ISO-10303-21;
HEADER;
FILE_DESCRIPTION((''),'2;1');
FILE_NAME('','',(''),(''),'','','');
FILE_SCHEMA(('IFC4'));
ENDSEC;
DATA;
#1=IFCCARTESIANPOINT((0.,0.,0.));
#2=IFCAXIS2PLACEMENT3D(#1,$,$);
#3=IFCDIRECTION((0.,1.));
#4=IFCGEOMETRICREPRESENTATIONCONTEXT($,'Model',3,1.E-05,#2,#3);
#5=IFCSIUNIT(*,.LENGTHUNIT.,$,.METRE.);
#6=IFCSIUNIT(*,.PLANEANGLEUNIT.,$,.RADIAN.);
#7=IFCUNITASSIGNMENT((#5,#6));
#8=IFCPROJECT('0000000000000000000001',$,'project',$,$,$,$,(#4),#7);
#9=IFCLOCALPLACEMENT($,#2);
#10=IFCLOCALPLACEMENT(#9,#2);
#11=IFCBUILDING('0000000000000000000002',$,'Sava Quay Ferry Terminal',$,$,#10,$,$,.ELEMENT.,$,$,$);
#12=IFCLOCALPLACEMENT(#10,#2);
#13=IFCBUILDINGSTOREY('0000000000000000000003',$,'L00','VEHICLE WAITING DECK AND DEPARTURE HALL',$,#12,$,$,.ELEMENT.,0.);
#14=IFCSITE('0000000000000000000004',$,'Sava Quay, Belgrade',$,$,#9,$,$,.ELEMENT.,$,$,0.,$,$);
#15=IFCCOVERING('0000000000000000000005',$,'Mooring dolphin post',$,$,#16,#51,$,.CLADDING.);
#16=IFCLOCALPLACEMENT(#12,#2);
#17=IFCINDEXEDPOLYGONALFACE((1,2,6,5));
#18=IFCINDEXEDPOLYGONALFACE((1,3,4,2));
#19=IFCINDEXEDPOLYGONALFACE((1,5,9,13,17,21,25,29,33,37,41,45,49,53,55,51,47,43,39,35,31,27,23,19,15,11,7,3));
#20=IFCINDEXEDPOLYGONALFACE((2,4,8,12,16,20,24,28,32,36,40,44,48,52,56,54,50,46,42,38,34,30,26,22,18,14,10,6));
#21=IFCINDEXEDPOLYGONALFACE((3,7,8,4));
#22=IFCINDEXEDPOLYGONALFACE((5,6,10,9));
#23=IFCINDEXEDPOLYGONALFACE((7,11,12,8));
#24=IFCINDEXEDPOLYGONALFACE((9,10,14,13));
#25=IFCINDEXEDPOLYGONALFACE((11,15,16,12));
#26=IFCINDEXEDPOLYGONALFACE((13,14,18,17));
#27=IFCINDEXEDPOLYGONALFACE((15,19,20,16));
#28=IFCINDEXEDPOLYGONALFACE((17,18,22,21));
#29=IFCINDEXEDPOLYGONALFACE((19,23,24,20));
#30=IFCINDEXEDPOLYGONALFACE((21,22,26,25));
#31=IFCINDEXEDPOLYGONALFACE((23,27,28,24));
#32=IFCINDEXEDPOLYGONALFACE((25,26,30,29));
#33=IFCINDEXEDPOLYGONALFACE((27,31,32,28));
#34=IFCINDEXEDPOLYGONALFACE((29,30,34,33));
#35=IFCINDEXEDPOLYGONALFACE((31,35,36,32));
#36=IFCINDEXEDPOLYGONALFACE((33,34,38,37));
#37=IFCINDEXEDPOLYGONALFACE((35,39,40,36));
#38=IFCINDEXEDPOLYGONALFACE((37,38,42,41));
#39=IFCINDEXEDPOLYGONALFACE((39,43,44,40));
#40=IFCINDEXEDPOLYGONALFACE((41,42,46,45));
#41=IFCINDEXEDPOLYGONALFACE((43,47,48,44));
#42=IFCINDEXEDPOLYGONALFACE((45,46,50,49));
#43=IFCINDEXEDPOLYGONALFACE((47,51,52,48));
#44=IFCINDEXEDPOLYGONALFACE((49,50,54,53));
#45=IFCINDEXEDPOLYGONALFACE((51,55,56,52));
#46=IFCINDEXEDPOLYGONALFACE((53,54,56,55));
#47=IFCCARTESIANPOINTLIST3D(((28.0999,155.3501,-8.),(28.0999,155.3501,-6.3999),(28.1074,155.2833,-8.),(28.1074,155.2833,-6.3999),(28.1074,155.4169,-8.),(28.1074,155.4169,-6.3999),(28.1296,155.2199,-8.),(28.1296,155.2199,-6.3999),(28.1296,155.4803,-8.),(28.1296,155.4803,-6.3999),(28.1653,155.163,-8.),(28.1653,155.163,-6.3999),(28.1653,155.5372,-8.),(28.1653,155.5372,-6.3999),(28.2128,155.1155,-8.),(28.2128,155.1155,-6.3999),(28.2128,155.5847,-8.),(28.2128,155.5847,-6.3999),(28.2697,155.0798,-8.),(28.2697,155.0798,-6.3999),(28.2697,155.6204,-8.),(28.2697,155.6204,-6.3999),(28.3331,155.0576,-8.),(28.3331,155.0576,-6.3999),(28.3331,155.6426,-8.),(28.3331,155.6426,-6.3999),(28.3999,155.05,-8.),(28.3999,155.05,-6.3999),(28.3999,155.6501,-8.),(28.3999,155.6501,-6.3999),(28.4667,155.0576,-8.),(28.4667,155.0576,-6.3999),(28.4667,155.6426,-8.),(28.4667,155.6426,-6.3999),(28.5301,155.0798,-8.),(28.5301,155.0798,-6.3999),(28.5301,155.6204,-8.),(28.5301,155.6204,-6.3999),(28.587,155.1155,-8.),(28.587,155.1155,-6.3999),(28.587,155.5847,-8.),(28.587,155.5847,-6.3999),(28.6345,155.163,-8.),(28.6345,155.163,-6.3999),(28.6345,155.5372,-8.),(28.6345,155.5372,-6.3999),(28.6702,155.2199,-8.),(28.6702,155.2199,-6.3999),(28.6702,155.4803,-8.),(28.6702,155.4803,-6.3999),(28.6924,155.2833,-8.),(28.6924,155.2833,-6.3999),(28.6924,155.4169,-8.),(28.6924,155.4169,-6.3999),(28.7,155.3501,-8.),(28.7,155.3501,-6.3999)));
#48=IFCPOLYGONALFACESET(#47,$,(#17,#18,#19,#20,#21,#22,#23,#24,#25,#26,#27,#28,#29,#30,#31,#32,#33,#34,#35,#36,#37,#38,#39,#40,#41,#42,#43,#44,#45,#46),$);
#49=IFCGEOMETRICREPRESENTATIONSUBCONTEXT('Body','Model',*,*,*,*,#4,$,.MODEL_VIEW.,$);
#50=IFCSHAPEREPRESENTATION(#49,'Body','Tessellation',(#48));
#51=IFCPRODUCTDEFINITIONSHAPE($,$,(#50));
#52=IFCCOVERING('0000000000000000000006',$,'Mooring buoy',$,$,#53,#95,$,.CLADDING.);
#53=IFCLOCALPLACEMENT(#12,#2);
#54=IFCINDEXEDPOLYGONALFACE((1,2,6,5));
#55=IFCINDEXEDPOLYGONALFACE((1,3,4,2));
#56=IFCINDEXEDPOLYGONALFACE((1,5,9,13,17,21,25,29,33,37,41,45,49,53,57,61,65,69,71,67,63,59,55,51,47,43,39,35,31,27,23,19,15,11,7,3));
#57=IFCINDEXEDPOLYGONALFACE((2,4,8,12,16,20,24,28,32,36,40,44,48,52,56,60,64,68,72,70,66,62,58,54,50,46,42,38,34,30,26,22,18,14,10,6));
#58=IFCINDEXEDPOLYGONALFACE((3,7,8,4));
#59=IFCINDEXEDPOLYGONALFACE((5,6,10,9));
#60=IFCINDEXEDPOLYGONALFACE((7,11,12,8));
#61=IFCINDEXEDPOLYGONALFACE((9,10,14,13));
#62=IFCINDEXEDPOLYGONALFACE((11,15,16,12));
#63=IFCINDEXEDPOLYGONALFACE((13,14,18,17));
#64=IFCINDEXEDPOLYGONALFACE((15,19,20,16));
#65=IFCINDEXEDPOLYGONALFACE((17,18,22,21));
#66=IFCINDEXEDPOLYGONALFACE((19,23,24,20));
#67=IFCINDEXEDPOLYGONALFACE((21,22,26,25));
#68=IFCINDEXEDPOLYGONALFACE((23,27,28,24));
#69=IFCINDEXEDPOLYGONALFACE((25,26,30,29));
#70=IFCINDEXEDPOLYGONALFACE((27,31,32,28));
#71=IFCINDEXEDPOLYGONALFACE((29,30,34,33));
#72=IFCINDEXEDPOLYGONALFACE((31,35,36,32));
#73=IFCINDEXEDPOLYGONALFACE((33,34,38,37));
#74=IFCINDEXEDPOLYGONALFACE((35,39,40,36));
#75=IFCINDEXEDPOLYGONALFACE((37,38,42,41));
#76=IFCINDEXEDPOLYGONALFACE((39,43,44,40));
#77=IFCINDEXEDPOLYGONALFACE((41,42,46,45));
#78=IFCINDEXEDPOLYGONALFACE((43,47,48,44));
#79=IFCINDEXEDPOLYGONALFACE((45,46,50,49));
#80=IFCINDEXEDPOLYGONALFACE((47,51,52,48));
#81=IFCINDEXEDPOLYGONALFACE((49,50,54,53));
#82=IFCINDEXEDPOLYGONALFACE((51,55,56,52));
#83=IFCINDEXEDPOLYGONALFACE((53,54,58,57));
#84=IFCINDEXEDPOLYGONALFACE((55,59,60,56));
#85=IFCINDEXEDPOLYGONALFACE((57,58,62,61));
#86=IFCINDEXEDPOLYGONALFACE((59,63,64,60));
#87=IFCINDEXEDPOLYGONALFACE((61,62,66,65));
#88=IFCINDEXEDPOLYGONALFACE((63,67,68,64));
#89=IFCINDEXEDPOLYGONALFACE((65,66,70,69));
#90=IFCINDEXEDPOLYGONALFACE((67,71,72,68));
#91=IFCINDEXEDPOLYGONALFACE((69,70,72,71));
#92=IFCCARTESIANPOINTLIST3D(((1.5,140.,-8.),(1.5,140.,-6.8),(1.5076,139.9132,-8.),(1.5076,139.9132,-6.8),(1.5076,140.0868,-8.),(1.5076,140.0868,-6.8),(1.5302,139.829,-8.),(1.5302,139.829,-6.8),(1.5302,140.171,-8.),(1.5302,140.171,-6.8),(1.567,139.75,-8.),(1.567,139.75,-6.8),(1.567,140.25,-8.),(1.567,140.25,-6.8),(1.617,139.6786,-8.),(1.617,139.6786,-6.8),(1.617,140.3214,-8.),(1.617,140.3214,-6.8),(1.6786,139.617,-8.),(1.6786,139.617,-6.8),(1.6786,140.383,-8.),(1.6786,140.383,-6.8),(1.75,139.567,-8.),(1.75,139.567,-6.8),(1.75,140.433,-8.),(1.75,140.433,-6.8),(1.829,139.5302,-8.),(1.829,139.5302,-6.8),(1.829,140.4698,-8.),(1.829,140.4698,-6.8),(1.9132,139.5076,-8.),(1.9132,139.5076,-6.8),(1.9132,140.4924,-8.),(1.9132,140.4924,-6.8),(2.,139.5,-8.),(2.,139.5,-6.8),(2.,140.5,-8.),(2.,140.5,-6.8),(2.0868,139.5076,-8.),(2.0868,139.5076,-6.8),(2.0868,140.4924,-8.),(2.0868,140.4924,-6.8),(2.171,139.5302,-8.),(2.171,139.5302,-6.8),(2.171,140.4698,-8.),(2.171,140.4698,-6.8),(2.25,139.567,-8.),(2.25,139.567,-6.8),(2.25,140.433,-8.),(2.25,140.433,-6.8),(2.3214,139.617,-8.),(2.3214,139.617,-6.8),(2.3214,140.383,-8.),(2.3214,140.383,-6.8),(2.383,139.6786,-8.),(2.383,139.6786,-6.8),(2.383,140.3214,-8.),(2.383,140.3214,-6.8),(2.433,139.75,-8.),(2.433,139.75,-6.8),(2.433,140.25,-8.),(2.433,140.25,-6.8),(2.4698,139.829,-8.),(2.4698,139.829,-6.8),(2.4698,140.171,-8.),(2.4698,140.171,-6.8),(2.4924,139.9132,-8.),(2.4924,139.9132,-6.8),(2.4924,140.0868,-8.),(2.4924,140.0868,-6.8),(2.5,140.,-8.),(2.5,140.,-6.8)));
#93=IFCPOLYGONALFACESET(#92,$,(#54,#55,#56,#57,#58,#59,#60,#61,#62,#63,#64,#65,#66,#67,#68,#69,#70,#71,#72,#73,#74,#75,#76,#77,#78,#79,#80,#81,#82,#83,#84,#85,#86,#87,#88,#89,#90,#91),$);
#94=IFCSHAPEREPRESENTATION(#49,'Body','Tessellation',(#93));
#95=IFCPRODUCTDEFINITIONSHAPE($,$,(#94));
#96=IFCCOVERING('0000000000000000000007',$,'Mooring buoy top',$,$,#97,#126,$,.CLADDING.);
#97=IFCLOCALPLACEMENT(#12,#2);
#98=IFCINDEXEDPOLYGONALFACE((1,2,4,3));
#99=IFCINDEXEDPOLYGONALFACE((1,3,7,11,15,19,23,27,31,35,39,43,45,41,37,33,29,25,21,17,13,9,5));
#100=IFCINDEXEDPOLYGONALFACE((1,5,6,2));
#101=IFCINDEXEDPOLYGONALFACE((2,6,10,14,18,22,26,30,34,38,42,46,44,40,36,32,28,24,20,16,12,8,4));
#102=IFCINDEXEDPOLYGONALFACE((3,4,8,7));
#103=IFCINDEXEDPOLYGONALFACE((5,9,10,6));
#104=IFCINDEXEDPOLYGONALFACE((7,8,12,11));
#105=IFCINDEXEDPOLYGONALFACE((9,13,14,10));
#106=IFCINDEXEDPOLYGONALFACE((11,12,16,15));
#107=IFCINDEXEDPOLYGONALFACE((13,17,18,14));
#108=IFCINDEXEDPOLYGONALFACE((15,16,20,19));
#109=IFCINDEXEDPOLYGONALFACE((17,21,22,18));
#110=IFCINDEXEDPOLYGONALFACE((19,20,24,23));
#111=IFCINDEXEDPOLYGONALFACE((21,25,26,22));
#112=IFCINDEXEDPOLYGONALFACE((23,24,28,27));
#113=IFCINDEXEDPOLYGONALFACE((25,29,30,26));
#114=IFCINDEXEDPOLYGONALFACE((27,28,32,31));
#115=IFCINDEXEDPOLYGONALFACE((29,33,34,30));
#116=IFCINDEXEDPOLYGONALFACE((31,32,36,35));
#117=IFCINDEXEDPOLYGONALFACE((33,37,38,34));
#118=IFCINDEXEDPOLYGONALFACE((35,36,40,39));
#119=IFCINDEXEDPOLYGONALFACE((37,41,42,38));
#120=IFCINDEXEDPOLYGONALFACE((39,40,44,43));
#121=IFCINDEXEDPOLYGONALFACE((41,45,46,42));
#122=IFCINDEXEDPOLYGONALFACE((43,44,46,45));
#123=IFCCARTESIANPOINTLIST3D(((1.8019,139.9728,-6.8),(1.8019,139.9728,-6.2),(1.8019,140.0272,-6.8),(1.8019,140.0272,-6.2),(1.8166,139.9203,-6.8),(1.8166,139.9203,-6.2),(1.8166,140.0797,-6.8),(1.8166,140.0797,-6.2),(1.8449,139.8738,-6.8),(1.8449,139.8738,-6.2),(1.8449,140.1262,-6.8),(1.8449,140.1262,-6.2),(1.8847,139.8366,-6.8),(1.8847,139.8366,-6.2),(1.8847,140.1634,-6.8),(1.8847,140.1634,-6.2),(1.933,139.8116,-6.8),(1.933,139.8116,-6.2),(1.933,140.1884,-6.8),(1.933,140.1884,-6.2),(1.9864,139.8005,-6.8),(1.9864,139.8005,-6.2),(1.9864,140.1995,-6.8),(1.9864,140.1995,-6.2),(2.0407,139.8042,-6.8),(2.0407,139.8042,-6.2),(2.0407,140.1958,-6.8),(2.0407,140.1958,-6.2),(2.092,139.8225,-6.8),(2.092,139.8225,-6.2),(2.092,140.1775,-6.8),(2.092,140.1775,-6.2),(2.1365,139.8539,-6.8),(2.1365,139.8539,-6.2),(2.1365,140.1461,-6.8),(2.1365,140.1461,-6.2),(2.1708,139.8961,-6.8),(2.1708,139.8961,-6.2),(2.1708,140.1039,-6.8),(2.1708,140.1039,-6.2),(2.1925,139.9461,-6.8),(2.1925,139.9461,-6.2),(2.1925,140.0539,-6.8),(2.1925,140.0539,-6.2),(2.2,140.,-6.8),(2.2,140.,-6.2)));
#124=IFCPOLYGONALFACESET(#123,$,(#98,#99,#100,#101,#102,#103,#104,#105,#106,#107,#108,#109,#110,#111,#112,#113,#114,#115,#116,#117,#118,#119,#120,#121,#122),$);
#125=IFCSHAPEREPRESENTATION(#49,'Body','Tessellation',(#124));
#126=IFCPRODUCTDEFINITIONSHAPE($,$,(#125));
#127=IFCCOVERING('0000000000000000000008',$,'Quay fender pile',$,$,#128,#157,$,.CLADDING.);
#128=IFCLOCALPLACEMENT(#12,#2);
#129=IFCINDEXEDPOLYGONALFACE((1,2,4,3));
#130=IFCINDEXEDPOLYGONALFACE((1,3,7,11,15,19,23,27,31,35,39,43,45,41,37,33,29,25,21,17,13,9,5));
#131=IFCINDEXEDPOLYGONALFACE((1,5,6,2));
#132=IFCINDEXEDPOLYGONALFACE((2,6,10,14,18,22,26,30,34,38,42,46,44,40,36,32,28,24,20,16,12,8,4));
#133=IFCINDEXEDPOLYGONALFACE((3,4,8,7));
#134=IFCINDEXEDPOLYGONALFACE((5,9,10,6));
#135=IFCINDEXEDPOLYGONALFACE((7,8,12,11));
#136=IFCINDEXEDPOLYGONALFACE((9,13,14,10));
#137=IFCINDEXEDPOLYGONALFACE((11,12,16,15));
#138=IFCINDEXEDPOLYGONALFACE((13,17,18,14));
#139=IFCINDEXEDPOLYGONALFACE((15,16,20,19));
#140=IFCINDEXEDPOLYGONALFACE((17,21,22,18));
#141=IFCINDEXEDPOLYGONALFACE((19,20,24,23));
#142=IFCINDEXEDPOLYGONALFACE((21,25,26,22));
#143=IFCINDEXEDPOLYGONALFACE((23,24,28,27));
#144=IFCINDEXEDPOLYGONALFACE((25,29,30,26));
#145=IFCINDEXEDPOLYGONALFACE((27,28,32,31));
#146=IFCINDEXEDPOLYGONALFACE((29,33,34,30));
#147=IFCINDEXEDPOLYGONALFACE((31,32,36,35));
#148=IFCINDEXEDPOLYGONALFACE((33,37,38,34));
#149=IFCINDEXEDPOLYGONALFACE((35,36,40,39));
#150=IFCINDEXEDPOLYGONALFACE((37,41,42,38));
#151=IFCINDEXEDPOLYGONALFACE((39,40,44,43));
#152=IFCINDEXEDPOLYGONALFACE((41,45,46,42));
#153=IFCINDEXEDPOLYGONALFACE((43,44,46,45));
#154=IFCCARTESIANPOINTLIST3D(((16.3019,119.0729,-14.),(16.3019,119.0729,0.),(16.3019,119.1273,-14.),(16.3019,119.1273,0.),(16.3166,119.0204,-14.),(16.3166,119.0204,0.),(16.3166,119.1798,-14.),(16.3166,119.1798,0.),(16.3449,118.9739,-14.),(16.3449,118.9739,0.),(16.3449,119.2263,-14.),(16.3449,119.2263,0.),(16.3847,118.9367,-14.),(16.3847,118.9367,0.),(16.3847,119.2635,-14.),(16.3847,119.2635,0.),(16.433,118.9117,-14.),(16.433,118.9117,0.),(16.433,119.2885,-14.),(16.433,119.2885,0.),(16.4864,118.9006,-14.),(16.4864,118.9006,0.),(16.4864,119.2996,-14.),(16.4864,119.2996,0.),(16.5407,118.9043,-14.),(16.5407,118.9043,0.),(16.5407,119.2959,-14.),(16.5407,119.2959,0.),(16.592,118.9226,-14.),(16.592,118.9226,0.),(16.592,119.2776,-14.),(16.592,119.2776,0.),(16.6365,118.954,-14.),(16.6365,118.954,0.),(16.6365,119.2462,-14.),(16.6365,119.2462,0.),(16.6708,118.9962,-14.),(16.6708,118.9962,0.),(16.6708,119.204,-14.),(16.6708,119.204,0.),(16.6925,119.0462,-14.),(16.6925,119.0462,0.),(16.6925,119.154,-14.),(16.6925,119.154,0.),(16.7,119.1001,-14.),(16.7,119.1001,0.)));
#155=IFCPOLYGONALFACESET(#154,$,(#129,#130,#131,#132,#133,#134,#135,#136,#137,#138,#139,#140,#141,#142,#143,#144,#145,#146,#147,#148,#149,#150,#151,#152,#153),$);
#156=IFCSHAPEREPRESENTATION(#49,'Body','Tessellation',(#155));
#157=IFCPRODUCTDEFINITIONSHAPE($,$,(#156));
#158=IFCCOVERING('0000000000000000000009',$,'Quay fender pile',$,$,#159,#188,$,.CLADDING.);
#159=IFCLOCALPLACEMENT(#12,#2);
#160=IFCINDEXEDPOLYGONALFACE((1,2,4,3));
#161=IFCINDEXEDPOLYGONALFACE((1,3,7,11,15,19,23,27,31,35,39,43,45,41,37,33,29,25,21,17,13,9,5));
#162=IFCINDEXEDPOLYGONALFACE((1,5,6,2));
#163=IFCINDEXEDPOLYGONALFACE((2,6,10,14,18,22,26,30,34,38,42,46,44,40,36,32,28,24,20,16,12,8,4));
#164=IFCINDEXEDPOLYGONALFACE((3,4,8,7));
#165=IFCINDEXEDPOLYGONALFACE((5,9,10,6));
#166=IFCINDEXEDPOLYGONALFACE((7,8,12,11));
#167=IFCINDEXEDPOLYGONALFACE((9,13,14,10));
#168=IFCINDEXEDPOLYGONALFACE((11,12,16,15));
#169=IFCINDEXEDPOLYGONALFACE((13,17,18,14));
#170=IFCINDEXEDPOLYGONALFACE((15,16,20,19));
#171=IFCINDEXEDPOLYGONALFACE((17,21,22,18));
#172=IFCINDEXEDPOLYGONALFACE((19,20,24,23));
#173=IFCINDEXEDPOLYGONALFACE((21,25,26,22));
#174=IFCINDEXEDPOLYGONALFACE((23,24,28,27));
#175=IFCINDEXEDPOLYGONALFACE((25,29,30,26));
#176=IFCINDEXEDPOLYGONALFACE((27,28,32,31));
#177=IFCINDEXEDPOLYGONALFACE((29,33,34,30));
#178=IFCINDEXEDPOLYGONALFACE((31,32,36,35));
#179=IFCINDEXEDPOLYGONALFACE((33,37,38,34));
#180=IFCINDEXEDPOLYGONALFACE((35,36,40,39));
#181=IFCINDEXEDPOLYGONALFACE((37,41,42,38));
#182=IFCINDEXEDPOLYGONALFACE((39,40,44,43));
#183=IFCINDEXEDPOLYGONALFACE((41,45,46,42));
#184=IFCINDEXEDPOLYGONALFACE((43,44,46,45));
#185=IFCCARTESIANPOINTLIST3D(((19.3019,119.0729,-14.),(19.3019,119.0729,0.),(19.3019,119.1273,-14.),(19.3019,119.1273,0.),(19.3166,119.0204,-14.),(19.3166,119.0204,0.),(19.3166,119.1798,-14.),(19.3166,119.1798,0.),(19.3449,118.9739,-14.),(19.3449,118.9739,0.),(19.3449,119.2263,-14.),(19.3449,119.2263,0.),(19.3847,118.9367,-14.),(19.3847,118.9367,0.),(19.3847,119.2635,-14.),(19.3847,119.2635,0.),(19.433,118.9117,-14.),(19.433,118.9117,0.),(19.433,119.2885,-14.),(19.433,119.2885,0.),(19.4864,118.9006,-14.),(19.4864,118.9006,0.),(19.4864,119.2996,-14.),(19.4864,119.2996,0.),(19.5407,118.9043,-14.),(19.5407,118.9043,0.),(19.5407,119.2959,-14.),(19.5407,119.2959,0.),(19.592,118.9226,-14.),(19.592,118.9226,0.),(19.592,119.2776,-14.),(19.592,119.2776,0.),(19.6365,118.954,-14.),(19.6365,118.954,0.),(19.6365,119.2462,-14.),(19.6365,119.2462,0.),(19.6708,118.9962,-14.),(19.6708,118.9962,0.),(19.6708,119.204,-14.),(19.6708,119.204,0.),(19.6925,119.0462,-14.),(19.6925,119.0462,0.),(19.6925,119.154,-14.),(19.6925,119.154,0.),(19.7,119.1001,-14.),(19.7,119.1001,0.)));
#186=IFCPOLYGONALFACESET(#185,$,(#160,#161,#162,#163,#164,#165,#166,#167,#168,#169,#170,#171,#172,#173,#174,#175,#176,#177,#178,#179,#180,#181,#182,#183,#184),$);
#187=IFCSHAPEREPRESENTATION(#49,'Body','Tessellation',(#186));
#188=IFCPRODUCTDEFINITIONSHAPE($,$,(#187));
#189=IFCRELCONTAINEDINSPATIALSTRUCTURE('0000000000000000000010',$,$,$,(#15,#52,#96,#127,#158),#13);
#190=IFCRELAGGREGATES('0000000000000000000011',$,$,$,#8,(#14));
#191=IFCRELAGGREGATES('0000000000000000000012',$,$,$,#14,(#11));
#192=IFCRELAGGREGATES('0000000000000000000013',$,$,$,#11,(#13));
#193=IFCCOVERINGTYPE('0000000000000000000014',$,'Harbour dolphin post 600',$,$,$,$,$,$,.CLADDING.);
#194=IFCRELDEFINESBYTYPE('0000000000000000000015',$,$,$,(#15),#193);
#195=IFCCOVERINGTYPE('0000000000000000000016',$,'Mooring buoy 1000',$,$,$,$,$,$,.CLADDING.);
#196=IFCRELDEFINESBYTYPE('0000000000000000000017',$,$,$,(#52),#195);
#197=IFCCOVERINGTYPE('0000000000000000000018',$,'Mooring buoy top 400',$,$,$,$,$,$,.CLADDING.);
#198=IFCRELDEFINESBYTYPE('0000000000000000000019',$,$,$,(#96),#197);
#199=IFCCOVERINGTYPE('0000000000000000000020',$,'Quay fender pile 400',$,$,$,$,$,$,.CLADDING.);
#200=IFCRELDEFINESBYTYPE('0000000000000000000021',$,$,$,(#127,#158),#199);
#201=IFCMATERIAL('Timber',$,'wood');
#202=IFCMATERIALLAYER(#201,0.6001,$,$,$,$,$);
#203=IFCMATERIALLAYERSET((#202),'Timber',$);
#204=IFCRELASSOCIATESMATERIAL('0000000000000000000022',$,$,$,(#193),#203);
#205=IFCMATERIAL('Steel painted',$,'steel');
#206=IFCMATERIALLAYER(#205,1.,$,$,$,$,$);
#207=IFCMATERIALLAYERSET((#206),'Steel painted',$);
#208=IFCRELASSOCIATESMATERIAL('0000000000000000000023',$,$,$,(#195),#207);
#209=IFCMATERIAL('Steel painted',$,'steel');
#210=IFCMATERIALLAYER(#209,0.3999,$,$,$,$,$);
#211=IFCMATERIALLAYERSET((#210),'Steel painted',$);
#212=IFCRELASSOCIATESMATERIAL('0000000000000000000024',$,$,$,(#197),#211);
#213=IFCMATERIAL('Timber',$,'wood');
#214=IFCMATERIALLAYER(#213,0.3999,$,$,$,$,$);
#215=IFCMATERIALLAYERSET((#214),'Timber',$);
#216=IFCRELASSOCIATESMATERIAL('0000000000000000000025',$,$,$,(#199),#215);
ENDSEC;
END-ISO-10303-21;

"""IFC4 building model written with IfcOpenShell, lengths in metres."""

from ifc_helpers import new_model, si_unit, direction, frame, origin, origin_2d, place, context, subcontext, project, spatial, circle, extrude, material, layer, layer_set, type_object, element, save


model = new_model("IFC4")

# Units and contexts
model_context = context("Model", 3, precision=1e-05, world=origin(), true_north=direction((0.0, 1.0)))
body_context = subcontext(model_context, "Body", "Model", "MODEL_VIEW")
ifc_project = project(units=[si_unit("LENGTHUNIT", "METRE"), si_unit("PLANEANGLEUNIT", "RADIAN")], contexts=[model_context])

# Site, building, storey
site_placement = place(None, origin())
site = spatial("IfcSite", under=ifc_project, at=site_placement, Name="Sava Quay, Belgrade", CompositionType="ELEMENT", RefElevation=0.0)
building_placement = place(site_placement, origin())
building = spatial("IfcBuilding", under=site, at=building_placement, Name="Sava Quay Ferry Terminal", CompositionType="ELEMENT")
storey_placement = place(building_placement, origin())
storey = spatial("IfcBuildingStorey", under=building, at=storey_placement, Name="L00", Description="VEHICLE WAITING DECK AND DEPARTURE HALL", CompositionType="ELEMENT", Elevation=0.0)

# Coverings
ifc_material_1 = material(Name="Timber", Category="wood")
ifc_layer_1 = layer(ifc_material_1, 0.6001)
ifc_layer_set_1 = layer_set([ifc_layer_1], Name="Timber")
covering_type_1 = type_object("IfcCoveringType", Name="Harbour dolphin post 600", PredefinedType="CLADDING", material=ifc_layer_set_1)
covering_1_placement = place(storey_placement, frame((28.3999, 155.3501, -6.3999), z_axis=(0.0, 0.0, -1.0), x_axis=(1.0, 0.0, 0.0)))
element("IfcCovering", 1, at=covering_1_placement, inside=storey, type_object=covering_type_1, Name="Mooring dolphin post", PredefinedType="CLADDING", context=body_context, shape_type="SweptSolid", body=[
    extrude(circle(Radius=0.3, at=origin_2d()), origin(), (0.0, 0.0, 1.0), 1.6001),
])
ifc_material_2 = material(Name="Steel painted", Category="steel")
ifc_layer_2 = layer(ifc_material_2, 1.0)
ifc_layer_set_2 = layer_set([ifc_layer_2], Name="Steel painted")
covering_type_2 = type_object("IfcCoveringType", Name="Mooring buoy 1000", PredefinedType="CLADDING", material=ifc_layer_set_2)
covering_2_placement = place(storey_placement, frame((2.0, 140.0, -6.8), z_axis=(0.0, 0.0, -1.0), x_axis=(1.0, 0.0, 0.0)))
element("IfcCovering", 2, at=covering_2_placement, inside=storey, type_object=covering_type_2, Name="Mooring buoy", PredefinedType="CLADDING", context=body_context, shape_type="SweptSolid", body=[
    extrude(circle(Radius=0.5, at=origin_2d()), origin(), (0.0, 0.0, 1.0), 1.2),
])
ifc_material_3 = material(Name="Steel painted", Category="steel")
ifc_layer_3 = layer(ifc_material_3, 0.3999)
ifc_layer_set_3 = layer_set([ifc_layer_3], Name="Steel painted")
covering_type_3 = type_object("IfcCoveringType", Name="Mooring buoy top 400", PredefinedType="CLADDING", material=ifc_layer_set_3)
covering_3_placement = place(storey_placement, frame((2.0, 140.0, -6.2), z_axis=(0.0, 0.0, -1.0), x_axis=(1.0, 0.0, 0.0)))
element("IfcCovering", 3, at=covering_3_placement, inside=storey, type_object=covering_type_3, Name="Mooring buoy top", PredefinedType="CLADDING", context=body_context, shape_type="SweptSolid", body=[
    extrude(circle(Radius=0.2, at=origin_2d()), origin(), (0.0, 0.0, 1.0), 0.6001),
])
ifc_material_4 = material(Name="Timber", Category="wood")
ifc_layer_4 = layer(ifc_material_4, 0.3999)
ifc_layer_set_4 = layer_set([ifc_layer_4], Name="Timber")
covering_type_4 = type_object("IfcCoveringType", Name="Quay fender pile 400", PredefinedType="CLADDING", material=ifc_layer_set_4)
for number, where, z_axis, x_axis, name in (
    (4, (16.5, 119.1001, 0.0), (0.0, 0.0, -1.0), (1.0, 0.0, 0.0), "Quay fender pile"),
    (5, (19.5, 119.1001, 0.0), (0.0, 0.0, -1.0), (1.0, 0.0, 0.0), "Quay fender pile"),
):
    element("IfcCovering", number, at=place(storey_placement, frame(where, z_axis=z_axis, x_axis=x_axis)), inside=storey, type_object=covering_type_4, Name=name, PredefinedType="CLADDING", context=body_context, shape_type="SweptSolid", body=[
        extrude(circle(Radius=0.2, at=origin_2d()), origin(), (0.0, 0.0, 1.0), 14.0),
    ])

save(model, "model.ifc")
